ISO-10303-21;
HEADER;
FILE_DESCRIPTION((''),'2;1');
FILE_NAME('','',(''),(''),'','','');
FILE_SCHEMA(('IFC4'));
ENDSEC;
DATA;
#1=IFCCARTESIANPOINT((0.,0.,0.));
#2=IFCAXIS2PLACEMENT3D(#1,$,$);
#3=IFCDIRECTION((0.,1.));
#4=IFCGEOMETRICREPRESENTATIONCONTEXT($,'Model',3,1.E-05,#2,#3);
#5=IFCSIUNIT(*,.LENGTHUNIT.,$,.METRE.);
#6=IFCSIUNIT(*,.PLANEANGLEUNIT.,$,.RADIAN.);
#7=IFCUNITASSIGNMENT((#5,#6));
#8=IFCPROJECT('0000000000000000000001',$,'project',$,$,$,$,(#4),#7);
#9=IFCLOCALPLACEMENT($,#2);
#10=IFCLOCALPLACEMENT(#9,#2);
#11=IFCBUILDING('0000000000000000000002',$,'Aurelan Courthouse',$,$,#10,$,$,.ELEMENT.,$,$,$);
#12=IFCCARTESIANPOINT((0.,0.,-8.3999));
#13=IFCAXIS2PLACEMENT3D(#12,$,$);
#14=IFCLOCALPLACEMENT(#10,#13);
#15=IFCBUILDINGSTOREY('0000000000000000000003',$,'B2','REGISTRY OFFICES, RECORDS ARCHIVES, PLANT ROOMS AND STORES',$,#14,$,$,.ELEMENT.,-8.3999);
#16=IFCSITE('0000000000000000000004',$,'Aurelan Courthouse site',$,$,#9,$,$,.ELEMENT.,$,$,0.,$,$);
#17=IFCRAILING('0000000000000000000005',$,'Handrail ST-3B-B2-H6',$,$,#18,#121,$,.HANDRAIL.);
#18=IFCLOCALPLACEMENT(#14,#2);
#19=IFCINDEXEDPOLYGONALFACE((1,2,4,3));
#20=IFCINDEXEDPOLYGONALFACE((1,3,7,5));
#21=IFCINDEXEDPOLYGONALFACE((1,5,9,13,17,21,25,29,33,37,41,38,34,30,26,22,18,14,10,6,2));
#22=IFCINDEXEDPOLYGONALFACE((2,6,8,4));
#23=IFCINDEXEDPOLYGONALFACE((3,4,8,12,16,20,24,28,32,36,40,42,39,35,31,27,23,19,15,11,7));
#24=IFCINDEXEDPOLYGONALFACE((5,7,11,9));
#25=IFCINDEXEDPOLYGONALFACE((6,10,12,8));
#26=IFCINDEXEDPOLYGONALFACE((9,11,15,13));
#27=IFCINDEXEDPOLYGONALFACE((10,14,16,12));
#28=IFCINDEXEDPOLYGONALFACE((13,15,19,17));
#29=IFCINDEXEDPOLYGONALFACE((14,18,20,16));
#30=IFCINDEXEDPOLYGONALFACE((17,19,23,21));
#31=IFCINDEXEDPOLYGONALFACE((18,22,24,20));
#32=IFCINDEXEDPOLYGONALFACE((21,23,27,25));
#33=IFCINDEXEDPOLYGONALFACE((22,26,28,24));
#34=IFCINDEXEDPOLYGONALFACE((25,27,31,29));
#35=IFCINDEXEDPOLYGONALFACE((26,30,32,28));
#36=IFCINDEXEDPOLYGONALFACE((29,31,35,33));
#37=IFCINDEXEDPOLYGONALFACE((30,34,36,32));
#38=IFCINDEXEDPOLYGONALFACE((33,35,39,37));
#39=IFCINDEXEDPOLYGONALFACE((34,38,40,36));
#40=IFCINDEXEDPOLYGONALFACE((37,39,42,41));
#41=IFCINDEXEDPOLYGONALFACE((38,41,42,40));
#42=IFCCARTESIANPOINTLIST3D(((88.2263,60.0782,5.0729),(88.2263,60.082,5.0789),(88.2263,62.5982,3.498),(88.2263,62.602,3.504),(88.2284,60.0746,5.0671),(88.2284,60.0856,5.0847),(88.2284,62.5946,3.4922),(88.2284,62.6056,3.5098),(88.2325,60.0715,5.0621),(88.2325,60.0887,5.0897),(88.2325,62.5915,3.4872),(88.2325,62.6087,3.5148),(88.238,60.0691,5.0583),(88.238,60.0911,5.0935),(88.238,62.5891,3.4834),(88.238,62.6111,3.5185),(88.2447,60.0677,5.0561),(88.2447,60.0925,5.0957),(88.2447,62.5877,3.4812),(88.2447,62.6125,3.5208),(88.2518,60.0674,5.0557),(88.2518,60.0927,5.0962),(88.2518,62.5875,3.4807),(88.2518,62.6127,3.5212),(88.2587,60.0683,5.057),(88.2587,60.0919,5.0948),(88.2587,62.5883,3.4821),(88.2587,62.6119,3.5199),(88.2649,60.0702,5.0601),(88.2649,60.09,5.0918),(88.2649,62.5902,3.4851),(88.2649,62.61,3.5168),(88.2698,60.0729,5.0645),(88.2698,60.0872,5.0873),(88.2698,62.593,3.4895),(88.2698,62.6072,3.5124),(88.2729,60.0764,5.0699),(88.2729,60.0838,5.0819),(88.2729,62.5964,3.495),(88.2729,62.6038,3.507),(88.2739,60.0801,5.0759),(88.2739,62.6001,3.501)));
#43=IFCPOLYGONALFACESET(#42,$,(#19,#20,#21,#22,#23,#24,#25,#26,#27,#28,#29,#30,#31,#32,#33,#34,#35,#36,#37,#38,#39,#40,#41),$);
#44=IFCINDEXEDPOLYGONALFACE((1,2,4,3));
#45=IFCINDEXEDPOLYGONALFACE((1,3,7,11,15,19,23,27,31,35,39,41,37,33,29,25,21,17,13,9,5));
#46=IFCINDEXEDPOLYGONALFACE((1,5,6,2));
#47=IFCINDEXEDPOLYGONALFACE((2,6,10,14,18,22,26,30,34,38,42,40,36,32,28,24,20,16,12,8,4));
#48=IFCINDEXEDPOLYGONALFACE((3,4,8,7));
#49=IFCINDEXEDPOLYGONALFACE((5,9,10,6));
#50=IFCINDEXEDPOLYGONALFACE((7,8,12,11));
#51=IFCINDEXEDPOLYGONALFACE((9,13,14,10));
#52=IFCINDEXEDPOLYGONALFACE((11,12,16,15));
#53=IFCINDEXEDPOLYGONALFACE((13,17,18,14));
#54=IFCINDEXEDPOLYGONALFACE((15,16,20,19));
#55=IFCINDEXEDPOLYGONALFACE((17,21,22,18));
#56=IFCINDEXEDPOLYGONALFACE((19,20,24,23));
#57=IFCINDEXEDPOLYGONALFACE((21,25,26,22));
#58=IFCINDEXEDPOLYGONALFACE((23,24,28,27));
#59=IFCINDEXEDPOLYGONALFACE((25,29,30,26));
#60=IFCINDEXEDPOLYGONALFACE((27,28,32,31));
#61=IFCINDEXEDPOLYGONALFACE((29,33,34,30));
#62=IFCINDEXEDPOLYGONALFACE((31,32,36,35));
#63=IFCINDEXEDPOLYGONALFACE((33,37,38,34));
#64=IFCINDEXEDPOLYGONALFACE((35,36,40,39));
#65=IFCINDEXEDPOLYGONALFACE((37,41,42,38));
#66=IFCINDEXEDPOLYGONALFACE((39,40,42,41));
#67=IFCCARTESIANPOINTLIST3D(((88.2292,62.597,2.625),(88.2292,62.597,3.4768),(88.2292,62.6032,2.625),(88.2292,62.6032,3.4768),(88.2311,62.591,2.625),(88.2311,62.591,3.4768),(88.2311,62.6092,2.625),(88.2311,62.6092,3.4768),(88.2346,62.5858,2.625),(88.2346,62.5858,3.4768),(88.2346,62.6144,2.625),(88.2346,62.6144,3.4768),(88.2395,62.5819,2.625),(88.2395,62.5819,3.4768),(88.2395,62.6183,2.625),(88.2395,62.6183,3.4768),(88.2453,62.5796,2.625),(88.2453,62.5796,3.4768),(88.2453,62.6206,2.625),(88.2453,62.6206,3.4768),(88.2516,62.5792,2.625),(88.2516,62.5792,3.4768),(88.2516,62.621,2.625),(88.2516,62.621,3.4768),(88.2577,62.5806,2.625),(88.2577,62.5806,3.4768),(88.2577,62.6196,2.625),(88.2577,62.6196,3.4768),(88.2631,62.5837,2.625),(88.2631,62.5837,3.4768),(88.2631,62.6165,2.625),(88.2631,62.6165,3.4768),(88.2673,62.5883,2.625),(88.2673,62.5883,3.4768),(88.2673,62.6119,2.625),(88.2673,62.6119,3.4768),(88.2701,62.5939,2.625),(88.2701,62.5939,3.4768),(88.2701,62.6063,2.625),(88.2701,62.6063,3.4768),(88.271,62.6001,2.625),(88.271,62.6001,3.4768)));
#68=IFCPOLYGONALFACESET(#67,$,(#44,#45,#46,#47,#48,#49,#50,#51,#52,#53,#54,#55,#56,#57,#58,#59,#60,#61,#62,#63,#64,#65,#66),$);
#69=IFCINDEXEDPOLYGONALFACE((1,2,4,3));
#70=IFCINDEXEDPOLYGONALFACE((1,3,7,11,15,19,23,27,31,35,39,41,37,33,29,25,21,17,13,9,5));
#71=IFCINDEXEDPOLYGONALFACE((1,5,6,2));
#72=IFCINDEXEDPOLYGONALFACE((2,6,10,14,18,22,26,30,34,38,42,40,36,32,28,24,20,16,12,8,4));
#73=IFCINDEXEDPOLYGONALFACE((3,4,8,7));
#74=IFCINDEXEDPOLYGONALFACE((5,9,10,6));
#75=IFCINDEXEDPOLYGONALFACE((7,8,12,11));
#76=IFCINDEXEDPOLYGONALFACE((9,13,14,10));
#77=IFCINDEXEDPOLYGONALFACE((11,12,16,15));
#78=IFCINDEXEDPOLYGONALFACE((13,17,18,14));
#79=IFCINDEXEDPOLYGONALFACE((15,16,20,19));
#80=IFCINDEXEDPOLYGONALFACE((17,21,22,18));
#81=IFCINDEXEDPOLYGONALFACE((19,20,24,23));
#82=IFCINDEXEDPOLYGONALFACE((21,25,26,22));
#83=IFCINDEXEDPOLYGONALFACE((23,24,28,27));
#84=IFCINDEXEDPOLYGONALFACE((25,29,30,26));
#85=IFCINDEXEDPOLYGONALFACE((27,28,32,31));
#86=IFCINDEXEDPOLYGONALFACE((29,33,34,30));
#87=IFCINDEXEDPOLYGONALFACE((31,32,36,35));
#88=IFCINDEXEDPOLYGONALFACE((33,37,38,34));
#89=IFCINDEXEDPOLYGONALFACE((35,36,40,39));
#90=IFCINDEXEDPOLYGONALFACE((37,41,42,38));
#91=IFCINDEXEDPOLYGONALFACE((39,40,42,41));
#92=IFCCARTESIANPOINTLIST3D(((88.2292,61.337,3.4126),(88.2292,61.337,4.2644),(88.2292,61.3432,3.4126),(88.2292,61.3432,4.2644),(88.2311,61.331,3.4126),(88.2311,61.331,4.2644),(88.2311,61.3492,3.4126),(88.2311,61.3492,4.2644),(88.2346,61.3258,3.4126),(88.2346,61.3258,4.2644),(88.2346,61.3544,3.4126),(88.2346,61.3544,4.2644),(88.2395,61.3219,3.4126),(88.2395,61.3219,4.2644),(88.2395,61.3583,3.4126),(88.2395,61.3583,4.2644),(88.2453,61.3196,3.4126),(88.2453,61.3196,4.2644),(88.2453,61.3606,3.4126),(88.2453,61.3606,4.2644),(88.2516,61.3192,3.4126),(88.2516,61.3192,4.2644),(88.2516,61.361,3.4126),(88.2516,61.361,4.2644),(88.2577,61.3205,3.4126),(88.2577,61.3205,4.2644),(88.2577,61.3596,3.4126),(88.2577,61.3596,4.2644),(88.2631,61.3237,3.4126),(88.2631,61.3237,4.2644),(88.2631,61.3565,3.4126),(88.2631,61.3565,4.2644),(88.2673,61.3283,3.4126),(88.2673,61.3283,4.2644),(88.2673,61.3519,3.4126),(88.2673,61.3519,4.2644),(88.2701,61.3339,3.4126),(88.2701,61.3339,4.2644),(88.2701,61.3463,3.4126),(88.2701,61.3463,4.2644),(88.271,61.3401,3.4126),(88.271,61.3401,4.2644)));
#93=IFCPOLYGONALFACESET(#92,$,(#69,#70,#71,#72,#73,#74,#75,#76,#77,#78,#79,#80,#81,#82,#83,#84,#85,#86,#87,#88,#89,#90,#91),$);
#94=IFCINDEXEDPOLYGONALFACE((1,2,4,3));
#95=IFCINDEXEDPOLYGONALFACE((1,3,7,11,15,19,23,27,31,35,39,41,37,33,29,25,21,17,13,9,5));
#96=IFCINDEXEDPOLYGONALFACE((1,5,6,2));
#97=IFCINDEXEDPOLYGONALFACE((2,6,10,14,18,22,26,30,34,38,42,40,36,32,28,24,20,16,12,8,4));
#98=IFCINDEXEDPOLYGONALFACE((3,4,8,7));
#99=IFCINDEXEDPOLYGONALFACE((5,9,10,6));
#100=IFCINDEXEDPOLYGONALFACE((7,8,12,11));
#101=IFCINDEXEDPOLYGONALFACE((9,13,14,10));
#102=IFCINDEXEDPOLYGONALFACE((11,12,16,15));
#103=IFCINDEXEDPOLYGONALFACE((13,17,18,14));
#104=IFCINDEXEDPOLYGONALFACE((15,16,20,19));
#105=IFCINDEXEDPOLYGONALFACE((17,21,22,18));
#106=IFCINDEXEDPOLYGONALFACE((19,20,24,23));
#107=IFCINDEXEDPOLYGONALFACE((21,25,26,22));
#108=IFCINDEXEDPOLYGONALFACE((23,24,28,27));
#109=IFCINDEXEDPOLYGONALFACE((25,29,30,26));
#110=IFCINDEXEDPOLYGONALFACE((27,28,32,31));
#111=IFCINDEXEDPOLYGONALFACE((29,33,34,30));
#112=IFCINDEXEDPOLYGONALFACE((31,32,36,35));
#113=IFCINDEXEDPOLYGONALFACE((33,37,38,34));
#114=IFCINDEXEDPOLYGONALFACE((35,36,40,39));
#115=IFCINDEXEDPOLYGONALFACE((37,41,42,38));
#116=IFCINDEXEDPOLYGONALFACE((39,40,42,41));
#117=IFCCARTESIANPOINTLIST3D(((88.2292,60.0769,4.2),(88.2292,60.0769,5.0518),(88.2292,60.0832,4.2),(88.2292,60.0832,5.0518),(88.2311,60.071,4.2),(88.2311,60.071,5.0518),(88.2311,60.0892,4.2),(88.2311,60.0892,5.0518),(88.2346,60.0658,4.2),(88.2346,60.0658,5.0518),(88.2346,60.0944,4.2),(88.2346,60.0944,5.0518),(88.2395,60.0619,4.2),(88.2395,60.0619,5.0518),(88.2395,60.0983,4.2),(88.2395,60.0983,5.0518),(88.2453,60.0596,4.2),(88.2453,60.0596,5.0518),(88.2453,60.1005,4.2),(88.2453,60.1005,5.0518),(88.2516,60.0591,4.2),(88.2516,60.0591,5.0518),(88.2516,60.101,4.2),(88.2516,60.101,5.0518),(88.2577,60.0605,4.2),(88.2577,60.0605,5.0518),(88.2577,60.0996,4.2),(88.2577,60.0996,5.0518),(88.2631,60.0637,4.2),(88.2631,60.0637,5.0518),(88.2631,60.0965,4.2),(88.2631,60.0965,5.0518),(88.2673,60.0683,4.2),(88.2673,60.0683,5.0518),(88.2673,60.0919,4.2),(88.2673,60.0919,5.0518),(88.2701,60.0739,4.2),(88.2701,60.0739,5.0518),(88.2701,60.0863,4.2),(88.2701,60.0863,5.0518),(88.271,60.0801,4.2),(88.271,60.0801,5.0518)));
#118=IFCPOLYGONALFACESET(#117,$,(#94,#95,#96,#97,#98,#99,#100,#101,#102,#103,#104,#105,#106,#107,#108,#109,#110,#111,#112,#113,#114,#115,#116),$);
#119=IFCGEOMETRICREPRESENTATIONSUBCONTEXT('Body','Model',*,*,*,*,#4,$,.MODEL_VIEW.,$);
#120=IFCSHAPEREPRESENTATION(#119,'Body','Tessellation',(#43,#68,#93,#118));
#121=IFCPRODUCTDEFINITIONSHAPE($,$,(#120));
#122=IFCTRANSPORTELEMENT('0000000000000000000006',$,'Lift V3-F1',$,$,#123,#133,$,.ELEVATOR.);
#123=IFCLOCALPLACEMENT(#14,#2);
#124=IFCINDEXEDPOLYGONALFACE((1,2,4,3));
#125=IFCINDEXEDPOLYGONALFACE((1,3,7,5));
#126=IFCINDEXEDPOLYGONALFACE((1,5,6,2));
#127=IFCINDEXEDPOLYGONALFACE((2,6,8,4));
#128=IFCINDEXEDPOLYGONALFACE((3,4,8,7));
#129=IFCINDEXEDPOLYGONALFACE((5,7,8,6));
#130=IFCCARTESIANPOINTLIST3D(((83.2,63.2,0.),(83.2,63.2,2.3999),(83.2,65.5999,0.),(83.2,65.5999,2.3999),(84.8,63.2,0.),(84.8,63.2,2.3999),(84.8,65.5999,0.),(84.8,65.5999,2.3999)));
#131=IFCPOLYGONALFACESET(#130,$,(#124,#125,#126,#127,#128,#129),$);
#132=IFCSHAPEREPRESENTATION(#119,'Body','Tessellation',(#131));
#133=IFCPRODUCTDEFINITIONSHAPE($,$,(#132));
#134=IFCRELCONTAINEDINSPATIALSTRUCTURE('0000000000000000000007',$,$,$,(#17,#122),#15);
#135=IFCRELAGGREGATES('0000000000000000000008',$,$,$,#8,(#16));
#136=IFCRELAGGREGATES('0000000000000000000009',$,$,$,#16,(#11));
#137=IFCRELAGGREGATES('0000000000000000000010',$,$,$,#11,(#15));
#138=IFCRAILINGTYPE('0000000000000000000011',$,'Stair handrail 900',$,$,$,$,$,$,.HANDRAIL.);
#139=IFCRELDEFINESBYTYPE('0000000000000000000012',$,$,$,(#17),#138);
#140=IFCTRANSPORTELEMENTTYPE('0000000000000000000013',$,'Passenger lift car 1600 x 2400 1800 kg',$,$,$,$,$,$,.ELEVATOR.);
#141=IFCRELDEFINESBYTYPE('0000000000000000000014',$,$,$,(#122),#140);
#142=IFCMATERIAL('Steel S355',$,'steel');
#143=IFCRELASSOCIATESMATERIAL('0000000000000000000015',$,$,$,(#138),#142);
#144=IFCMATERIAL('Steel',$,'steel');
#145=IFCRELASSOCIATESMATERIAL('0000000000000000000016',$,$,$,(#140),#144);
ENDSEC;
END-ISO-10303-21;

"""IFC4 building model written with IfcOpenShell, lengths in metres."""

from ifc_helpers import new_model, si_unit, direction, frame, origin, origin_2d, place, context, subcontext, project, spatial, rectangle, circle, extrude, material, type_object, element, save


model = new_model("IFC4")

# Units and contexts
model_context = context("Model", 3, precision=1e-05, world=origin(), true_north=direction((0.0, 1.0)))
body_context = subcontext(model_context, "Body", "Model", "MODEL_VIEW")
ifc_project = project(units=[si_unit("LENGTHUNIT", "METRE"), si_unit("PLANEANGLEUNIT", "RADIAN")], contexts=[model_context])

# Site, building, storey
site_placement = place(None, origin())
site = spatial("IfcSite", under=ifc_project, at=site_placement, Name="Aurelan Courthouse site", CompositionType="ELEMENT", RefElevation=0.0)
building_placement = place(site_placement, origin())
building = spatial("IfcBuilding", under=site, at=building_placement, Name="Aurelan Courthouse", CompositionType="ELEMENT")
storey_placement = place(building_placement, frame((0.0, 0.0, -8.3999)))
storey = spatial("IfcBuildingStorey", under=building, at=storey_placement, Name="B2", Description="REGISTRY OFFICES, RECORDS ARCHIVES, PLANT ROOMS AND STORES", CompositionType="ELEMENT", Elevation=-8.3999)

# Shared definitions
ifc_material_1 = material(Name="Steel", Category="steel")

# Railing
ifc_material_2 = material(Name="Steel S355", Category="steel")
railing_type_1 = type_object("IfcRailingType", Name="Stair handrail 900", PredefinedType="HANDRAIL", material=ifc_material_2)
for number, where, name in (
    (1, (88.25, 62.6001, 2.625), "Handrail ST-3B-B2-H6"),
):
    element("IfcRailing", number, at=place(storey_placement, frame(where)), inside=storey, type_object=railing_type_1, Name=name, PredefinedType="HANDRAIL", context=body_context, shape_type="SweptSolid", body=[
        extrude(circle(Radius=0.0239, at=origin_2d()), frame((0.0, 0.0, 0.876), z_axis=(0.0, -0.848008, 0.529984), x_axis=(1.0, 0.0, 0.0)), (0.0, 0.0, 1.0), 2.9717),
        extrude(circle(Radius=0.021, at=origin_2d()), origin(), (0.0, 0.0, 1.0), 0.8518),
        extrude(circle(Radius=0.021, at=origin_2d()), frame((0.0, -1.26, 0.7876)), (0.0, 0.0, 1.0), 0.8518),
        extrude(circle(Radius=0.021, at=origin_2d()), frame((0.0, -2.52, 1.575)), (0.0, 0.0, 1.0), 0.8518),
    ])

# Transport element
transport_element_type = type_object("IfcTransportElementType", Name="Passenger lift car 1600 x 2400 1800 kg", PredefinedType="ELEVATOR", material=ifc_material_1)
transport_element_placement = place(storey_placement, frame((84.0, 64.3999, 0.0), z_axis=(0.0, 0.0, 1.0), x_axis=(1.0, 0.0, 0.0)))
element("IfcTransportElement", 2, at=transport_element_placement, inside=storey, type_object=transport_element_type, Name="Lift V3-F1", PredefinedType="ELEVATOR", context=body_context, shape_type="SweptSolid", body=[
    extrude(rectangle(XDim=1.6001, YDim=2.3999, at=origin_2d()), origin(), (0.0, 0.0, 1.0), 2.3999),
])

save(model, "model.ifc")
